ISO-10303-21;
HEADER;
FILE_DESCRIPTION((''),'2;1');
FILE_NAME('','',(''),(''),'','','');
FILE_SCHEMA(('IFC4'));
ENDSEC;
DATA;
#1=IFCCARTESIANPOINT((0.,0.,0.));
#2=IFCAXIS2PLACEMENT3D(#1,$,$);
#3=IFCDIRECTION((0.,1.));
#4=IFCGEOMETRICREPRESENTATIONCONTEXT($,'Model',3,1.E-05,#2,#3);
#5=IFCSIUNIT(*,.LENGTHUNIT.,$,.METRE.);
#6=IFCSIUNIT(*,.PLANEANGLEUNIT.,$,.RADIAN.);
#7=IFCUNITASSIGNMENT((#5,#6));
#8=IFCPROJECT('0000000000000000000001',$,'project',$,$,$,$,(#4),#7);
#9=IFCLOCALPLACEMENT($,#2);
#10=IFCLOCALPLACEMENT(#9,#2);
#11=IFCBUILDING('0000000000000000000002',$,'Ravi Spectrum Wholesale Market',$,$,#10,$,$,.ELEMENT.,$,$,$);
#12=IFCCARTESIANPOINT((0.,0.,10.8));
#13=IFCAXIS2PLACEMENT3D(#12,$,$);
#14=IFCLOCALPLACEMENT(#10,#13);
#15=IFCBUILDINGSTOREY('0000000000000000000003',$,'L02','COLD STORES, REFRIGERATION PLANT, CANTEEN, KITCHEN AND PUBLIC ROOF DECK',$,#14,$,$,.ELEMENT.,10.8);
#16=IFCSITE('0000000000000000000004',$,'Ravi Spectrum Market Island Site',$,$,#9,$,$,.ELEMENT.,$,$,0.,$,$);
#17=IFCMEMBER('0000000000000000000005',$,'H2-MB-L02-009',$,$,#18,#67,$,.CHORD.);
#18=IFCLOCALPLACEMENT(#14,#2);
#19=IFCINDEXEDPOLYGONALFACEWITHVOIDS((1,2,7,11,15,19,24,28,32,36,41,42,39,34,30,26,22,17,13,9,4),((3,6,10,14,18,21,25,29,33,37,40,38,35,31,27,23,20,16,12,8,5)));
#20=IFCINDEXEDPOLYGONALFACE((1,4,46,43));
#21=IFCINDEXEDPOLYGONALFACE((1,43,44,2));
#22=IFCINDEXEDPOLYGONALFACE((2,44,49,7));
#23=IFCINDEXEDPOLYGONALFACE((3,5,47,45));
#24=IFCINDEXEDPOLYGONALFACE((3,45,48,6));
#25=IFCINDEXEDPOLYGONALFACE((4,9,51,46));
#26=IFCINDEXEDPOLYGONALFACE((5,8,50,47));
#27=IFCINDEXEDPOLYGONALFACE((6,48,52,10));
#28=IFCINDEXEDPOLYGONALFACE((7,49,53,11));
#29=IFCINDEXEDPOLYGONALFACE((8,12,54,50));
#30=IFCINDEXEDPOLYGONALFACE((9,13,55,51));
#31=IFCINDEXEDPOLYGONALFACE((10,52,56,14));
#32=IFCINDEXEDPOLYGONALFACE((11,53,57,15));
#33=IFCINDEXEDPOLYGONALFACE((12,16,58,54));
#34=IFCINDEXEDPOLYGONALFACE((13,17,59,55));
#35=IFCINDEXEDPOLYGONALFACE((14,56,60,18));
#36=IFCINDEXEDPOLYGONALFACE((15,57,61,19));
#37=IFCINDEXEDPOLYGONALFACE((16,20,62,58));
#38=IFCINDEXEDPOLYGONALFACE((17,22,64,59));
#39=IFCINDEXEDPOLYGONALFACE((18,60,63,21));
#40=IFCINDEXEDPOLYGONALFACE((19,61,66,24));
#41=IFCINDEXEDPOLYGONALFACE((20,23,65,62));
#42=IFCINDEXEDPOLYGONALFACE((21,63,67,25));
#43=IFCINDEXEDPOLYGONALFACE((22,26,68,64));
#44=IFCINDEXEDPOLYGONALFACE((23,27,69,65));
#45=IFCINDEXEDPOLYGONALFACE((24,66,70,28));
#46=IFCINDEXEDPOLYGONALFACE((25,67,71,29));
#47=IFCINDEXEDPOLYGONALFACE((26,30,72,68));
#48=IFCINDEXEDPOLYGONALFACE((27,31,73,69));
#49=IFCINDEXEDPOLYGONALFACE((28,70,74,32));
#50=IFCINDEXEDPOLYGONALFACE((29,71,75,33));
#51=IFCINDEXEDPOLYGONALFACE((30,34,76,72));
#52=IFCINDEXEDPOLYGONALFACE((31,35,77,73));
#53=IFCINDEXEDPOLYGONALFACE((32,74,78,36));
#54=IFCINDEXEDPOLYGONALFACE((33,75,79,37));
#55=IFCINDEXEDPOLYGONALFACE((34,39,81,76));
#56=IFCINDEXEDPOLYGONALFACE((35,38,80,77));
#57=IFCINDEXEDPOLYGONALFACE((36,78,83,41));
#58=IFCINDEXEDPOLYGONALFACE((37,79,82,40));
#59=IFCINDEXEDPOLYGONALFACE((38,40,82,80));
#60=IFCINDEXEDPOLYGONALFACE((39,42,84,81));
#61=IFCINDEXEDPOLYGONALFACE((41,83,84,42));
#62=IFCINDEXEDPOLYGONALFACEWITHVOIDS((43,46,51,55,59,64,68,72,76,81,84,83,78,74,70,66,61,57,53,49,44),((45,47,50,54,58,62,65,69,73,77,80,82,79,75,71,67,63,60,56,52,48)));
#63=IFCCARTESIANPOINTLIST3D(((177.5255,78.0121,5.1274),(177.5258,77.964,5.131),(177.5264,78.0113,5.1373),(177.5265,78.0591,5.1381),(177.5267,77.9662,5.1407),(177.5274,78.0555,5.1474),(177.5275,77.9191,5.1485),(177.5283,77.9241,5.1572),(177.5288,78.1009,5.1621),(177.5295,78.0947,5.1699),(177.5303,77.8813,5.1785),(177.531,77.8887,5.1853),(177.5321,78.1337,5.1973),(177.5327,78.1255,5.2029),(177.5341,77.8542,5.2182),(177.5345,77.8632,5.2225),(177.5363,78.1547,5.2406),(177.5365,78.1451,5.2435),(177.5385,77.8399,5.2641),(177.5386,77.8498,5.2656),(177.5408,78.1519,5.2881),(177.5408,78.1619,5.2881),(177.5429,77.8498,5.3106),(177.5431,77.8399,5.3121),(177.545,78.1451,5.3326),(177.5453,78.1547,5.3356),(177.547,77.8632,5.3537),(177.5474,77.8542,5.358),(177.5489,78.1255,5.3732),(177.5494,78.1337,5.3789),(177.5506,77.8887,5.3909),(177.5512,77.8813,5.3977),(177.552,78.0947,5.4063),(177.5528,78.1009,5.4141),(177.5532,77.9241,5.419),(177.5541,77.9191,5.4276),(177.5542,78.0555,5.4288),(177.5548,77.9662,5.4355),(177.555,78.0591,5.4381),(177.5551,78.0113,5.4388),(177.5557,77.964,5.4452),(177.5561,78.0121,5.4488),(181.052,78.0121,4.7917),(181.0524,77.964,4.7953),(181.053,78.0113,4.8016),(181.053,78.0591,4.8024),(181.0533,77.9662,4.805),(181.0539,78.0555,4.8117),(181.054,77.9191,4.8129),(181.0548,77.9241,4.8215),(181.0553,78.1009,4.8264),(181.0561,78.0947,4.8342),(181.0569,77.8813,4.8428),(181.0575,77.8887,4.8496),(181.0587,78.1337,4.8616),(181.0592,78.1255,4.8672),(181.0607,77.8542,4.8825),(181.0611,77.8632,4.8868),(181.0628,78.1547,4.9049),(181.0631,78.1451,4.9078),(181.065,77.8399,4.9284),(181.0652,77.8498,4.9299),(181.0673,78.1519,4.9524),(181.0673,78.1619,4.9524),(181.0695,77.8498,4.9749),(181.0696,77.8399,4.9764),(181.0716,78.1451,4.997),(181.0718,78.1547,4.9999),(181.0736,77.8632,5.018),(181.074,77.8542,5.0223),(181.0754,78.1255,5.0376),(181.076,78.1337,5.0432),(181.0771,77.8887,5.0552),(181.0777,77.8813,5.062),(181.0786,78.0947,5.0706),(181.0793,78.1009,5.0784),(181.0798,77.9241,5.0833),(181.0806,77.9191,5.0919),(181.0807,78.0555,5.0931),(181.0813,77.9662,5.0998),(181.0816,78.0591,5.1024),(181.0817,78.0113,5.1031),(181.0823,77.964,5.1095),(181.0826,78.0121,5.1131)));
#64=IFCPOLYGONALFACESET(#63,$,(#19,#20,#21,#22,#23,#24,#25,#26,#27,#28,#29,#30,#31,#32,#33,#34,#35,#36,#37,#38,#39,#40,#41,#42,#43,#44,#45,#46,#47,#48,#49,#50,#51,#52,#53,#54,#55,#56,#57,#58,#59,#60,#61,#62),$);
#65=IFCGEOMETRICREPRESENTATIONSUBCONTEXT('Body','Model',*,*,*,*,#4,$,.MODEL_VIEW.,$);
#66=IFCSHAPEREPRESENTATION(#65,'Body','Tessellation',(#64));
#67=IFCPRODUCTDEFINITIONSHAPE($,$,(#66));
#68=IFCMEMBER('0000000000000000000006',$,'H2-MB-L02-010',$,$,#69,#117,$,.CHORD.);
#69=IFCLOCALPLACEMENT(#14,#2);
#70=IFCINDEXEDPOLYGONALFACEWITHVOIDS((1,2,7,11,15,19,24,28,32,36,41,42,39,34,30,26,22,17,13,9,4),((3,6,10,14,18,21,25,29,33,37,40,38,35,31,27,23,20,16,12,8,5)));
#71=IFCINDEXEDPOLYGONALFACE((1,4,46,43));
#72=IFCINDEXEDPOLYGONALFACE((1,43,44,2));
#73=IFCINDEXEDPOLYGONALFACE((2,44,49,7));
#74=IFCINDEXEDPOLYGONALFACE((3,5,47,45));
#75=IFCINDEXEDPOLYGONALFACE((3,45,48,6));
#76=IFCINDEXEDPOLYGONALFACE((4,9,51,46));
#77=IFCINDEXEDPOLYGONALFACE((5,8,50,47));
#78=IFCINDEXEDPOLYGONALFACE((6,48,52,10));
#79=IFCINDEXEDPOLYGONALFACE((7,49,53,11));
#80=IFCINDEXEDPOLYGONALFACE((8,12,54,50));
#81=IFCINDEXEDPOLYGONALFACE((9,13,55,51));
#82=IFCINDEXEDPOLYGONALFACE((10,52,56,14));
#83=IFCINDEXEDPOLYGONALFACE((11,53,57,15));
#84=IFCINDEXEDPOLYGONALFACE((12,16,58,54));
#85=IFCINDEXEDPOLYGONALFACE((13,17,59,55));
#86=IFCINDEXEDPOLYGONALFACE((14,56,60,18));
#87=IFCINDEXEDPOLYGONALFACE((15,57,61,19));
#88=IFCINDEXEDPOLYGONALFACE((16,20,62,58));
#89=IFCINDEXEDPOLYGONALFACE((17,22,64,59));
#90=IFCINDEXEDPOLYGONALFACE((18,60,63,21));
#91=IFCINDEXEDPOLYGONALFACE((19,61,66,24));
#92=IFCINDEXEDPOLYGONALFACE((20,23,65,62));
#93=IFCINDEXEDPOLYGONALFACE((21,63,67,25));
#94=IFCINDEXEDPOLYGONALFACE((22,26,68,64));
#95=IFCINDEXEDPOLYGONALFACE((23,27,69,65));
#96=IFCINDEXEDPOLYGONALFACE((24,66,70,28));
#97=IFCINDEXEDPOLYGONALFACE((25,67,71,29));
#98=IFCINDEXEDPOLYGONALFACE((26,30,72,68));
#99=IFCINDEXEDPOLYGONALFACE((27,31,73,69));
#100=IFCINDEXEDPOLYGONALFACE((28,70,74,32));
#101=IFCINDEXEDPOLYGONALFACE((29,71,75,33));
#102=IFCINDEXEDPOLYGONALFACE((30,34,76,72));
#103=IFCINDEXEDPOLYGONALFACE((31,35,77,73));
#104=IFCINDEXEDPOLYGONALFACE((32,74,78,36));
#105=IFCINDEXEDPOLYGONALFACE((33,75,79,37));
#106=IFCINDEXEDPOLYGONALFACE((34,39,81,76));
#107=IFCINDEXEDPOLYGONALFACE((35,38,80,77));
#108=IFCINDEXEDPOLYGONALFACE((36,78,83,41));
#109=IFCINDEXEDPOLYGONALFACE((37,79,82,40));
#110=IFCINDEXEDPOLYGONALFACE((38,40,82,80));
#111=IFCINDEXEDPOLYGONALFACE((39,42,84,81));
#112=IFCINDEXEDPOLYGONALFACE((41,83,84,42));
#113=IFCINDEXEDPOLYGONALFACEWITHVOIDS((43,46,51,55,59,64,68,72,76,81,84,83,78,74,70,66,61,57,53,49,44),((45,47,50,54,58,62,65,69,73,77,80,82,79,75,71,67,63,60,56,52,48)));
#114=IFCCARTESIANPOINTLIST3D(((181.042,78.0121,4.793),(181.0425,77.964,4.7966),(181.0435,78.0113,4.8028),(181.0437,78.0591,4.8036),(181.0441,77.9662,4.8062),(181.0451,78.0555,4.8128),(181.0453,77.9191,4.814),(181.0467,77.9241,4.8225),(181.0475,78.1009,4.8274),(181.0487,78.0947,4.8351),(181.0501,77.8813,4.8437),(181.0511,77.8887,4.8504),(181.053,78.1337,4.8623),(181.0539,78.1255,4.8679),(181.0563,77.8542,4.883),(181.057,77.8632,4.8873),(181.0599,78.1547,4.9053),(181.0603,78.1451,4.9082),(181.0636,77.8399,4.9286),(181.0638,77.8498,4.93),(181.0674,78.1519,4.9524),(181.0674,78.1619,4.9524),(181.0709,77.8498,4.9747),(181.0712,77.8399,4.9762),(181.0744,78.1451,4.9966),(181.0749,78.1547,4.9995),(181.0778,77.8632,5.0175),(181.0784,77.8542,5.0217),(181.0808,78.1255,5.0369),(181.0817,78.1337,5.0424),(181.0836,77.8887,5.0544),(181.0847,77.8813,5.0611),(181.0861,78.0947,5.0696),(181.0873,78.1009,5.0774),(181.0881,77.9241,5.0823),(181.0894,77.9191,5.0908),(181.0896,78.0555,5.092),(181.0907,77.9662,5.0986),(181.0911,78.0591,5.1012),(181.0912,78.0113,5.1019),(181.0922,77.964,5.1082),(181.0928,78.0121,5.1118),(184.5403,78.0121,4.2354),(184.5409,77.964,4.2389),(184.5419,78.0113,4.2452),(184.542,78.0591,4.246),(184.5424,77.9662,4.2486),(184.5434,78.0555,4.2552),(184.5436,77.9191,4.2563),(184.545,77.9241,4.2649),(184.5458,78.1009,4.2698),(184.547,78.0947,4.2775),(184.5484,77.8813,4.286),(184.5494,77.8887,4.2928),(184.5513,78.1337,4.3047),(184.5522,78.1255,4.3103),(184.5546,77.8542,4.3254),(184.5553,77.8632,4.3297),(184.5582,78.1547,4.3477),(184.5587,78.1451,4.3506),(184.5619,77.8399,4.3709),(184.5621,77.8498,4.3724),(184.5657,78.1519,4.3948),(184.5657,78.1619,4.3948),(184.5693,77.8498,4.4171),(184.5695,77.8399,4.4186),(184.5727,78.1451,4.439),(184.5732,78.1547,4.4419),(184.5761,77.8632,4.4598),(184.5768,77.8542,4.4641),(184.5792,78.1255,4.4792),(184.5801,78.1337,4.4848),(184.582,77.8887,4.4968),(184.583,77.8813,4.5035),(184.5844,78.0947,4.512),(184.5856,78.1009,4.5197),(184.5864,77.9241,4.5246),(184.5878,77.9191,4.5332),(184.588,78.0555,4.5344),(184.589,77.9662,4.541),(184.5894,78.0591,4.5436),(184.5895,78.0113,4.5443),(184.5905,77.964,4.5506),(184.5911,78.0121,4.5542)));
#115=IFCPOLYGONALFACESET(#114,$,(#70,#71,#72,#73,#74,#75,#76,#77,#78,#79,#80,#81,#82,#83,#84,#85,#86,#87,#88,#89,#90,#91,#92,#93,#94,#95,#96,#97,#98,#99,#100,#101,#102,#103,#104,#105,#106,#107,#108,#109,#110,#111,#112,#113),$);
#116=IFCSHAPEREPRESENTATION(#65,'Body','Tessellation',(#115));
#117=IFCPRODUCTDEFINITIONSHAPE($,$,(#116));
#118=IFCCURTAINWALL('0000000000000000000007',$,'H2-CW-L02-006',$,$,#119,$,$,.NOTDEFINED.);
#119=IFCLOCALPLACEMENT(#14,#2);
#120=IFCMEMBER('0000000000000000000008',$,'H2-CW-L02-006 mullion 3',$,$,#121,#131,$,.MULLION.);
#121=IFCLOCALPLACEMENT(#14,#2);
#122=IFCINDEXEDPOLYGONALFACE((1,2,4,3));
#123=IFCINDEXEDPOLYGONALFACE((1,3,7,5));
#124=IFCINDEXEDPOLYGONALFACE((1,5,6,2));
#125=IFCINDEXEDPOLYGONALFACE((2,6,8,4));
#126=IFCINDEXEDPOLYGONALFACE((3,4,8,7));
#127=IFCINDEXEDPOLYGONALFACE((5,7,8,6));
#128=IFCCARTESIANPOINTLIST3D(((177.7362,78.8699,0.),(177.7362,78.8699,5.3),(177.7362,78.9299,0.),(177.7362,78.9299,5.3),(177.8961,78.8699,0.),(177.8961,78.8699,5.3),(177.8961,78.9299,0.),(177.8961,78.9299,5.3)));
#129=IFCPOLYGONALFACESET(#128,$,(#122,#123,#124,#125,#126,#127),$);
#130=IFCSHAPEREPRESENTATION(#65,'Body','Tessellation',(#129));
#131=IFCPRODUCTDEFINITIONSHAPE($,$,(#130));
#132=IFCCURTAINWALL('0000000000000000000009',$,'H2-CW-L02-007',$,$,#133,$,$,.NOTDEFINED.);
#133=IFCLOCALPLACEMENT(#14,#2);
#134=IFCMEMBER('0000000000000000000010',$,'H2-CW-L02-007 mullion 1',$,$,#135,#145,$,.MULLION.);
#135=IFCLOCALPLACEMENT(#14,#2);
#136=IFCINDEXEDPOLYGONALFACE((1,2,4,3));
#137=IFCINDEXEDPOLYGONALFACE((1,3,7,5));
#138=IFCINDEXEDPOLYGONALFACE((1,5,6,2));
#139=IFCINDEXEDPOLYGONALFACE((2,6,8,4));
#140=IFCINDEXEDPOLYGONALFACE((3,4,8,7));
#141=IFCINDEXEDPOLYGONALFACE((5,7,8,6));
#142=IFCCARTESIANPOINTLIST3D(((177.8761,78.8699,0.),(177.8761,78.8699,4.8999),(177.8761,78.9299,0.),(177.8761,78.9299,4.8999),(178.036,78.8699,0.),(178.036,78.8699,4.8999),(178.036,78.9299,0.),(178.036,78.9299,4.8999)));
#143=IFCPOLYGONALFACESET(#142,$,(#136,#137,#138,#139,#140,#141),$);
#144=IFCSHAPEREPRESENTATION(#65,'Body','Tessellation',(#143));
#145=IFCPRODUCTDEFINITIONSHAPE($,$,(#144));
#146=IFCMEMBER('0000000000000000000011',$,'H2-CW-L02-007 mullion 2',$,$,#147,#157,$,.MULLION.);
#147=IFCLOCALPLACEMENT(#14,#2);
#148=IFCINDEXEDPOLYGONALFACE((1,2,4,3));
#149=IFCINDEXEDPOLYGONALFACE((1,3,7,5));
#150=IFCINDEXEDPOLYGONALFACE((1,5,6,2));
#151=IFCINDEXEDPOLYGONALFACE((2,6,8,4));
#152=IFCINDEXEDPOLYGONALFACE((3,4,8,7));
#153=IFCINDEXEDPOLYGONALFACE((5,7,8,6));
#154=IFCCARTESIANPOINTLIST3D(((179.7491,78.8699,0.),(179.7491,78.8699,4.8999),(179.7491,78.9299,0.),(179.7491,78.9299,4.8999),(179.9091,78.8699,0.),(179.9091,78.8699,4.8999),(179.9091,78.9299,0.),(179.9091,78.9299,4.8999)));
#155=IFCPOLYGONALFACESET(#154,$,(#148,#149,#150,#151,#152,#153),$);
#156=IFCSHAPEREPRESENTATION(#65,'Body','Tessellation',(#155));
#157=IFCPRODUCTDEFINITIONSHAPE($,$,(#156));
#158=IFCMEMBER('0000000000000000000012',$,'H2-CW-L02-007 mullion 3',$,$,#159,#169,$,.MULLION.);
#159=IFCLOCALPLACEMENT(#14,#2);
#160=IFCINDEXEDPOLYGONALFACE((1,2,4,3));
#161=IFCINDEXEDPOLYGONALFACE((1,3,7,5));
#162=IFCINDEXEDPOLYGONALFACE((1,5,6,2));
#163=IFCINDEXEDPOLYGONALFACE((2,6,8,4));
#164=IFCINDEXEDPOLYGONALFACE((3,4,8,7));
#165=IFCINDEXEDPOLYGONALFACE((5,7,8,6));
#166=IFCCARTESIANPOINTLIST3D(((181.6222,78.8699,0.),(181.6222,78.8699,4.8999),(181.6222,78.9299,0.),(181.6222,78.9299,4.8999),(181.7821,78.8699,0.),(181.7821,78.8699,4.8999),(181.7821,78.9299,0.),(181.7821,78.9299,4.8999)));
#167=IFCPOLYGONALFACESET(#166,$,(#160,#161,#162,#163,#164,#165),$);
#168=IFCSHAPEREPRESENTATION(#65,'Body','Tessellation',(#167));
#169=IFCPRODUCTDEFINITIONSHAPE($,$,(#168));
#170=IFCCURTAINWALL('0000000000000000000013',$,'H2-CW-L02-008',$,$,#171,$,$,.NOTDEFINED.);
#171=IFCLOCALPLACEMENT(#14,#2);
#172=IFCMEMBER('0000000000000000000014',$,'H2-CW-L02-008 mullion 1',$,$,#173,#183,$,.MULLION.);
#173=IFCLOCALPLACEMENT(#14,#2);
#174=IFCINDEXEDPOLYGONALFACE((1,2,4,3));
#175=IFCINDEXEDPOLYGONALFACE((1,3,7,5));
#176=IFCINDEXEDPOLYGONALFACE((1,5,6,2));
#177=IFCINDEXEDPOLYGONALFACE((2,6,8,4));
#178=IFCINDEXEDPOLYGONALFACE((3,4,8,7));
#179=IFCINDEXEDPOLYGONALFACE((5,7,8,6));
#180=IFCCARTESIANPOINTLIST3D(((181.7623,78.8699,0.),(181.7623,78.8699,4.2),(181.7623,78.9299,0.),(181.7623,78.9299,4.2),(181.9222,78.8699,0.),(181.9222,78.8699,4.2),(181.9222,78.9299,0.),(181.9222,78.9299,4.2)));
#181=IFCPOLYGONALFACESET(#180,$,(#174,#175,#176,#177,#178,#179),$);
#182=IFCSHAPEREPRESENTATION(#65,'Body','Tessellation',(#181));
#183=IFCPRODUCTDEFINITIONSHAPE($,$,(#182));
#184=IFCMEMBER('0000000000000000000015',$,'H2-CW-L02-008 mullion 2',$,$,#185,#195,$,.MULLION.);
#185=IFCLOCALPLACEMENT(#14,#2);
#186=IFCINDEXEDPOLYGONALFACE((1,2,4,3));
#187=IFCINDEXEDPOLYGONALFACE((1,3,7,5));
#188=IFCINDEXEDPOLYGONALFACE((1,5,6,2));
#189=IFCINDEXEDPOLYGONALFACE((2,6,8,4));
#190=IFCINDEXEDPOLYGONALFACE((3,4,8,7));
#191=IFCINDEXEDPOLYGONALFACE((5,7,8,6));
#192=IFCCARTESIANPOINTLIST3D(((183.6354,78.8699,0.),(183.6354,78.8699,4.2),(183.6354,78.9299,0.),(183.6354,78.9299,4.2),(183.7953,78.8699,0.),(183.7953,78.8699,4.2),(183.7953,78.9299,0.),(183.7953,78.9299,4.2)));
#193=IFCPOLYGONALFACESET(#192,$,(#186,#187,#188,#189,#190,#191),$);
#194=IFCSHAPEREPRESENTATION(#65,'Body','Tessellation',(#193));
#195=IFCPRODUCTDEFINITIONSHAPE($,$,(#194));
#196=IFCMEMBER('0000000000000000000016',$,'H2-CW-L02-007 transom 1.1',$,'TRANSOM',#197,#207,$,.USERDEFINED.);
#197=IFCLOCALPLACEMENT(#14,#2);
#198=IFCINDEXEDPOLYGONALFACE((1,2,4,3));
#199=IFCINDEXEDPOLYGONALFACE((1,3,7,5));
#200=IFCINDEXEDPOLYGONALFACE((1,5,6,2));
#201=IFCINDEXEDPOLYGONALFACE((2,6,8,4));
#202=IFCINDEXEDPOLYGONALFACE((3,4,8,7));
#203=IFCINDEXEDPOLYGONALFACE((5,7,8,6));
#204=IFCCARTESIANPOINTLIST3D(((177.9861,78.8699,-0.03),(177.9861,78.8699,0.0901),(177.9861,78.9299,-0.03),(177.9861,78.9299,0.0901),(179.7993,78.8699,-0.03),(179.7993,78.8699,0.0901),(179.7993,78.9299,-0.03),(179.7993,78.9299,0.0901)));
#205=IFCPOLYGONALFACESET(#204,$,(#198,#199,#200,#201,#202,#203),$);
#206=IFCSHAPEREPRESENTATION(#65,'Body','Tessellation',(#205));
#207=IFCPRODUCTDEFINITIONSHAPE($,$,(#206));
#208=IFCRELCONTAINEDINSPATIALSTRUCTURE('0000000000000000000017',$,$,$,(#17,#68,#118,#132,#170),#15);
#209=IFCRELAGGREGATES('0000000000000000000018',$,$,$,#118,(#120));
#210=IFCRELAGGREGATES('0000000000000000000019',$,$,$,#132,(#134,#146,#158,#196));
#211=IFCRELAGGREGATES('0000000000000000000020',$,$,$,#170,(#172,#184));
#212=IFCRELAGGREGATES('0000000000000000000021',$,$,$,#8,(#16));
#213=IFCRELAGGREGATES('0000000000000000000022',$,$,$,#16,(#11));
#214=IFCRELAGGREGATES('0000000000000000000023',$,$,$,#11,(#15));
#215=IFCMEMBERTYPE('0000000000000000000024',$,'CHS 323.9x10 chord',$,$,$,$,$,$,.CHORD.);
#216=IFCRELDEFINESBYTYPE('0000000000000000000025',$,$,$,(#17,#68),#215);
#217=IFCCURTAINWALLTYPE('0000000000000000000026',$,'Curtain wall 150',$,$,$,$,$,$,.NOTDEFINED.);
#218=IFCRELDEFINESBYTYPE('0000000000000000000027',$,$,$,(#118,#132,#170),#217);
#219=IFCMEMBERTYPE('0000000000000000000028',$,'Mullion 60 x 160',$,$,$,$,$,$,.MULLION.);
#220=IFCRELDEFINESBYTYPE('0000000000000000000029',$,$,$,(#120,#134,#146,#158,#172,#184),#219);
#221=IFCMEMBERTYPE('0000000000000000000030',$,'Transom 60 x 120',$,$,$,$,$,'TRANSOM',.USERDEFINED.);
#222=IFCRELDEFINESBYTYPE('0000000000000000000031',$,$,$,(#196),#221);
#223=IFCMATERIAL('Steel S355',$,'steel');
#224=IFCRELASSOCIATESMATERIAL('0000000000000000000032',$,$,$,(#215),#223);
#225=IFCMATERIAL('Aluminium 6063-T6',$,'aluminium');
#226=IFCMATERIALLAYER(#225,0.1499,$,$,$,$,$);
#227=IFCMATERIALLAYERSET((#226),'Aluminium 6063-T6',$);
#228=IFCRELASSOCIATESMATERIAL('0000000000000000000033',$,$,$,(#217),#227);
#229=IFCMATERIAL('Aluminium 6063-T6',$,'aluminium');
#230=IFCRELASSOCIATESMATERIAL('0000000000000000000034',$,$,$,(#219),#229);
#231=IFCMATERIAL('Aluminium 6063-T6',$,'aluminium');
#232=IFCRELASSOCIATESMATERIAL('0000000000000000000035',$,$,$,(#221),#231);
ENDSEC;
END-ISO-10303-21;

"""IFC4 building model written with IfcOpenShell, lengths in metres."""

from ifc_helpers import new_model, si_unit, direction, frame, origin, origin_2d, place, context, subcontext, project, spatial, rectangle, hollow_circle, extrude, material, layer, layer_set, material_profile, profile_set, type_object, element, aggregate, save


model = new_model("IFC4")

# Units and contexts
model_context = context("Model", 3, precision=1e-05, world=origin(), true_north=direction((0.0, 1.0)))
body_context = subcontext(model_context, "Body", "Model", "MODEL_VIEW")
ifc_project = project(units=[si_unit("LENGTHUNIT", "METRE"), si_unit("PLANEANGLEUNIT", "RADIAN")], contexts=[model_context])

# Site, building, storey
site_placement = place(None, origin())
site = spatial("IfcSite", under=ifc_project, at=site_placement, Name="Ravi Spectrum Market Island Site", CompositionType="ELEMENT", RefElevation=0.0)
building_placement = place(site_placement, origin())
building = spatial("IfcBuilding", under=site, at=building_placement, Name="Ravi Spectrum Wholesale Market", CompositionType="ELEMENT")
storey_placement = place(building_placement, frame((0.0, 0.0, 10.8)))
storey = spatial("IfcBuildingStorey", under=building, at=storey_placement, Name="L02", Description="COLD STORES, REFRIGERATION PLANT, CANTEEN, KITCHEN AND PUBLIC ROOF DECK", CompositionType="ELEMENT", Elevation=10.8)

# Members
ifc_material_1 = material(Name="Steel S355", Category="steel")
ifc_material_profile_1 = material_profile(ifc_material_1, hollow_circle(Radius=0.1619, WallThickness=0.01, at=origin_2d()))
ifc_profile_set_1 = profile_set([ifc_material_profile_1], Name="Steel S355")
member_type_1 = type_object("IfcMemberType", Name="CHS 323.9x10 chord", PredefinedType="CHORD", material=ifc_profile_set_1)
for number, where, z_axis, x_axis, name in (
    (1, (177.5408, 78.0, 5.2881), (0.9955, 0.0, -0.09476), (0.0, 1.0, 0.0), "H2-MB-L02-009"),
    (2, (181.0674, 78.0, 4.9524), (0.987533, 0.0, -0.15741), (0.0, 1.0, 0.0), "H2-MB-L02-010"),
):
    element("IfcMember", number, at=place(storey_placement, frame(where, z_axis=z_axis, x_axis=x_axis)), inside=storey, type_object=member_type_1, Name=name, PredefinedType="CHORD", context=body_context, shape_type="SweptSolid", body=[
        extrude(hollow_circle(Radius=0.1619, WallThickness=0.01, at=origin_2d()), origin(), (0.0, 0.0, 1.0), 3.5425),
    ])

# Curtain wall, member
ifc_material_2 = material(Name="Aluminium 6063-T6", Category="aluminium")
ifc_layer_1 = layer(ifc_material_2, 0.1499)
ifc_layer_set_1 = layer_set([ifc_layer_1], Name="Aluminium 6063-T6")
curtain_wall_type = type_object("IfcCurtainWallType", Name="Curtain wall 150", PredefinedType="NOTDEFINED", material=ifc_layer_set_1)
curtain_wall_1_placement = place(storey_placement, origin())
curtain_wall_1 = element("IfcCurtainWall", 3, at=curtain_wall_1_placement, inside=storey, type_object=curtain_wall_type, Name="H2-CW-L02-006", PredefinedType="NOTDEFINED")
ifc_material_3 = material(Name="Aluminium 6063-T6", Category="aluminium")
ifc_material_profile_2 = material_profile(ifc_material_3, rectangle(XDim=0.0601, YDim=0.1599, at=origin_2d()))
ifc_profile_set_2 = profile_set([ifc_material_profile_2], Name="Aluminium 6063-T6")
member_type_2 = type_object("IfcMemberType", Name="Mullion 60 x 160", PredefinedType="MULLION", material=ifc_profile_set_2)
member_1_placement = place(storey_placement, frame((177.8162, 78.8999, 0.0), z_axis=(0.0, 0.0, 1.0), x_axis=(0.0, 1.0, 0.0)))
member_1 = element("IfcMember", 4, at=member_1_placement, type_object=member_type_2, Name="H2-CW-L02-006 mullion 3", PredefinedType="MULLION", context=body_context, shape_type="SweptSolid", body=[
    extrude(rectangle(XDim=0.0601, YDim=0.1599, at=origin_2d()), origin(), (0.0, 0.0, 1.0), 5.3),
])
aggregate(curtain_wall_1, [member_1])

# Curtain walls, members
curtain_wall_2_placement = place(storey_placement, origin())
curtain_wall_2 = element("IfcCurtainWall", 5, at=curtain_wall_2_placement, inside=storey, type_object=curtain_wall_type, Name="H2-CW-L02-007", PredefinedType="NOTDEFINED")
member_2_placement = place(storey_placement, frame((177.9561, 78.8999, 0.0), z_axis=(0.0, 0.0, 1.0), x_axis=(0.0, 1.0, 0.0)))
member_2 = element("IfcMember", 6, at=member_2_placement, type_object=member_type_2, Name="H2-CW-L02-007 mullion 1", PredefinedType="MULLION", context=body_context, shape_type="SweptSolid", body=[
    extrude(rectangle(XDim=0.0601, YDim=0.1599, at=origin_2d()), origin(), (0.0, 0.0, 1.0), 4.8999),
])
member_3_placement = place(storey_placement, frame((179.8291, 78.8999, 0.0), z_axis=(0.0, 0.0, 1.0), x_axis=(0.0, 1.0, 0.0)))
member_3 = element("IfcMember", 7, at=member_3_placement, type_object=member_type_2, Name="H2-CW-L02-007 mullion 2", PredefinedType="MULLION", context=body_context, shape_type="SweptSolid", body=[
    extrude(rectangle(XDim=0.0601, YDim=0.1599, at=origin_2d()), origin(), (0.0, 0.0, 1.0), 4.8999),
])
member_4_placement = place(storey_placement, frame((181.7021, 78.8999, 0.0), z_axis=(0.0, 0.0, 1.0), x_axis=(0.0, 1.0, 0.0)))
member_4 = element("IfcMember", 8, at=member_4_placement, type_object=member_type_2, Name="H2-CW-L02-007 mullion 3", PredefinedType="MULLION", context=body_context, shape_type="SweptSolid", body=[
    extrude(rectangle(XDim=0.0601, YDim=0.1599, at=origin_2d()), origin(), (0.0, 0.0, 1.0), 4.8999),
])
curtain_wall_3_placement = place(storey_placement, origin())
curtain_wall_3 = element("IfcCurtainWall", 9, at=curtain_wall_3_placement, inside=storey, type_object=curtain_wall_type, Name="H2-CW-L02-008", PredefinedType="NOTDEFINED")
member_5_placement = place(storey_placement, frame((181.8423, 78.8999, 0.0), z_axis=(0.0, 0.0, 1.0), x_axis=(0.0, 1.0, 0.0)))
member_5 = element("IfcMember", 10, at=member_5_placement, type_object=member_type_2, Name="H2-CW-L02-008 mullion 1", PredefinedType="MULLION", context=body_context, shape_type="SweptSolid", body=[
    extrude(rectangle(XDim=0.0601, YDim=0.1599, at=origin_2d()), origin(), (0.0, 0.0, 1.0), 4.2),
])
member_6_placement = place(storey_placement, frame((183.7153, 78.8999, 0.0), z_axis=(0.0, 0.0, 1.0), x_axis=(0.0, 1.0, 0.0)))
member_6 = element("IfcMember", 11, at=member_6_placement, type_object=member_type_2, Name="H2-CW-L02-008 mullion 2", PredefinedType="MULLION", context=body_context, shape_type="SweptSolid", body=[
    extrude(rectangle(XDim=0.0601, YDim=0.1599, at=origin_2d()), origin(), (0.0, 0.0, 1.0), 4.2),
])

# Member
ifc_material_4 = material(Name="Aluminium 6063-T6", Category="aluminium")
ifc_material_profile_3 = material_profile(ifc_material_4, rectangle(XDim=0.0601, YDim=0.1201, at=origin_2d()))
ifc_profile_set_3 = profile_set([ifc_material_profile_3], Name="Aluminium 6063-T6")
member_type_3 = type_object("IfcMemberType", Name="Transom 60 x 120", ElementType="TRANSOM", PredefinedType="USERDEFINED", material=ifc_profile_set_3)
member_7_placement = place(storey_placement, frame((177.9861, 78.8999, 0.03), z_axis=(1.0, 0.0, 0.0), x_axis=(0.0, 1.0, 0.0)))
member_7 = element("IfcMember", 12, at=member_7_placement, type_object=member_type_3, Name="H2-CW-L02-007 transom 1.1", ObjectType="TRANSOM", PredefinedType="USERDEFINED", context=body_context, shape_type="SweptSolid", body=[
    extrude(rectangle(XDim=0.0601, YDim=0.1201, at=origin_2d()), origin(), (0.0, 0.0, 1.0), 1.8132),
])

aggregate(curtain_wall_2, [member_2, member_3, member_4, member_7])
aggregate(curtain_wall_3, [member_5, member_6])

save(model, "model.ifc")
